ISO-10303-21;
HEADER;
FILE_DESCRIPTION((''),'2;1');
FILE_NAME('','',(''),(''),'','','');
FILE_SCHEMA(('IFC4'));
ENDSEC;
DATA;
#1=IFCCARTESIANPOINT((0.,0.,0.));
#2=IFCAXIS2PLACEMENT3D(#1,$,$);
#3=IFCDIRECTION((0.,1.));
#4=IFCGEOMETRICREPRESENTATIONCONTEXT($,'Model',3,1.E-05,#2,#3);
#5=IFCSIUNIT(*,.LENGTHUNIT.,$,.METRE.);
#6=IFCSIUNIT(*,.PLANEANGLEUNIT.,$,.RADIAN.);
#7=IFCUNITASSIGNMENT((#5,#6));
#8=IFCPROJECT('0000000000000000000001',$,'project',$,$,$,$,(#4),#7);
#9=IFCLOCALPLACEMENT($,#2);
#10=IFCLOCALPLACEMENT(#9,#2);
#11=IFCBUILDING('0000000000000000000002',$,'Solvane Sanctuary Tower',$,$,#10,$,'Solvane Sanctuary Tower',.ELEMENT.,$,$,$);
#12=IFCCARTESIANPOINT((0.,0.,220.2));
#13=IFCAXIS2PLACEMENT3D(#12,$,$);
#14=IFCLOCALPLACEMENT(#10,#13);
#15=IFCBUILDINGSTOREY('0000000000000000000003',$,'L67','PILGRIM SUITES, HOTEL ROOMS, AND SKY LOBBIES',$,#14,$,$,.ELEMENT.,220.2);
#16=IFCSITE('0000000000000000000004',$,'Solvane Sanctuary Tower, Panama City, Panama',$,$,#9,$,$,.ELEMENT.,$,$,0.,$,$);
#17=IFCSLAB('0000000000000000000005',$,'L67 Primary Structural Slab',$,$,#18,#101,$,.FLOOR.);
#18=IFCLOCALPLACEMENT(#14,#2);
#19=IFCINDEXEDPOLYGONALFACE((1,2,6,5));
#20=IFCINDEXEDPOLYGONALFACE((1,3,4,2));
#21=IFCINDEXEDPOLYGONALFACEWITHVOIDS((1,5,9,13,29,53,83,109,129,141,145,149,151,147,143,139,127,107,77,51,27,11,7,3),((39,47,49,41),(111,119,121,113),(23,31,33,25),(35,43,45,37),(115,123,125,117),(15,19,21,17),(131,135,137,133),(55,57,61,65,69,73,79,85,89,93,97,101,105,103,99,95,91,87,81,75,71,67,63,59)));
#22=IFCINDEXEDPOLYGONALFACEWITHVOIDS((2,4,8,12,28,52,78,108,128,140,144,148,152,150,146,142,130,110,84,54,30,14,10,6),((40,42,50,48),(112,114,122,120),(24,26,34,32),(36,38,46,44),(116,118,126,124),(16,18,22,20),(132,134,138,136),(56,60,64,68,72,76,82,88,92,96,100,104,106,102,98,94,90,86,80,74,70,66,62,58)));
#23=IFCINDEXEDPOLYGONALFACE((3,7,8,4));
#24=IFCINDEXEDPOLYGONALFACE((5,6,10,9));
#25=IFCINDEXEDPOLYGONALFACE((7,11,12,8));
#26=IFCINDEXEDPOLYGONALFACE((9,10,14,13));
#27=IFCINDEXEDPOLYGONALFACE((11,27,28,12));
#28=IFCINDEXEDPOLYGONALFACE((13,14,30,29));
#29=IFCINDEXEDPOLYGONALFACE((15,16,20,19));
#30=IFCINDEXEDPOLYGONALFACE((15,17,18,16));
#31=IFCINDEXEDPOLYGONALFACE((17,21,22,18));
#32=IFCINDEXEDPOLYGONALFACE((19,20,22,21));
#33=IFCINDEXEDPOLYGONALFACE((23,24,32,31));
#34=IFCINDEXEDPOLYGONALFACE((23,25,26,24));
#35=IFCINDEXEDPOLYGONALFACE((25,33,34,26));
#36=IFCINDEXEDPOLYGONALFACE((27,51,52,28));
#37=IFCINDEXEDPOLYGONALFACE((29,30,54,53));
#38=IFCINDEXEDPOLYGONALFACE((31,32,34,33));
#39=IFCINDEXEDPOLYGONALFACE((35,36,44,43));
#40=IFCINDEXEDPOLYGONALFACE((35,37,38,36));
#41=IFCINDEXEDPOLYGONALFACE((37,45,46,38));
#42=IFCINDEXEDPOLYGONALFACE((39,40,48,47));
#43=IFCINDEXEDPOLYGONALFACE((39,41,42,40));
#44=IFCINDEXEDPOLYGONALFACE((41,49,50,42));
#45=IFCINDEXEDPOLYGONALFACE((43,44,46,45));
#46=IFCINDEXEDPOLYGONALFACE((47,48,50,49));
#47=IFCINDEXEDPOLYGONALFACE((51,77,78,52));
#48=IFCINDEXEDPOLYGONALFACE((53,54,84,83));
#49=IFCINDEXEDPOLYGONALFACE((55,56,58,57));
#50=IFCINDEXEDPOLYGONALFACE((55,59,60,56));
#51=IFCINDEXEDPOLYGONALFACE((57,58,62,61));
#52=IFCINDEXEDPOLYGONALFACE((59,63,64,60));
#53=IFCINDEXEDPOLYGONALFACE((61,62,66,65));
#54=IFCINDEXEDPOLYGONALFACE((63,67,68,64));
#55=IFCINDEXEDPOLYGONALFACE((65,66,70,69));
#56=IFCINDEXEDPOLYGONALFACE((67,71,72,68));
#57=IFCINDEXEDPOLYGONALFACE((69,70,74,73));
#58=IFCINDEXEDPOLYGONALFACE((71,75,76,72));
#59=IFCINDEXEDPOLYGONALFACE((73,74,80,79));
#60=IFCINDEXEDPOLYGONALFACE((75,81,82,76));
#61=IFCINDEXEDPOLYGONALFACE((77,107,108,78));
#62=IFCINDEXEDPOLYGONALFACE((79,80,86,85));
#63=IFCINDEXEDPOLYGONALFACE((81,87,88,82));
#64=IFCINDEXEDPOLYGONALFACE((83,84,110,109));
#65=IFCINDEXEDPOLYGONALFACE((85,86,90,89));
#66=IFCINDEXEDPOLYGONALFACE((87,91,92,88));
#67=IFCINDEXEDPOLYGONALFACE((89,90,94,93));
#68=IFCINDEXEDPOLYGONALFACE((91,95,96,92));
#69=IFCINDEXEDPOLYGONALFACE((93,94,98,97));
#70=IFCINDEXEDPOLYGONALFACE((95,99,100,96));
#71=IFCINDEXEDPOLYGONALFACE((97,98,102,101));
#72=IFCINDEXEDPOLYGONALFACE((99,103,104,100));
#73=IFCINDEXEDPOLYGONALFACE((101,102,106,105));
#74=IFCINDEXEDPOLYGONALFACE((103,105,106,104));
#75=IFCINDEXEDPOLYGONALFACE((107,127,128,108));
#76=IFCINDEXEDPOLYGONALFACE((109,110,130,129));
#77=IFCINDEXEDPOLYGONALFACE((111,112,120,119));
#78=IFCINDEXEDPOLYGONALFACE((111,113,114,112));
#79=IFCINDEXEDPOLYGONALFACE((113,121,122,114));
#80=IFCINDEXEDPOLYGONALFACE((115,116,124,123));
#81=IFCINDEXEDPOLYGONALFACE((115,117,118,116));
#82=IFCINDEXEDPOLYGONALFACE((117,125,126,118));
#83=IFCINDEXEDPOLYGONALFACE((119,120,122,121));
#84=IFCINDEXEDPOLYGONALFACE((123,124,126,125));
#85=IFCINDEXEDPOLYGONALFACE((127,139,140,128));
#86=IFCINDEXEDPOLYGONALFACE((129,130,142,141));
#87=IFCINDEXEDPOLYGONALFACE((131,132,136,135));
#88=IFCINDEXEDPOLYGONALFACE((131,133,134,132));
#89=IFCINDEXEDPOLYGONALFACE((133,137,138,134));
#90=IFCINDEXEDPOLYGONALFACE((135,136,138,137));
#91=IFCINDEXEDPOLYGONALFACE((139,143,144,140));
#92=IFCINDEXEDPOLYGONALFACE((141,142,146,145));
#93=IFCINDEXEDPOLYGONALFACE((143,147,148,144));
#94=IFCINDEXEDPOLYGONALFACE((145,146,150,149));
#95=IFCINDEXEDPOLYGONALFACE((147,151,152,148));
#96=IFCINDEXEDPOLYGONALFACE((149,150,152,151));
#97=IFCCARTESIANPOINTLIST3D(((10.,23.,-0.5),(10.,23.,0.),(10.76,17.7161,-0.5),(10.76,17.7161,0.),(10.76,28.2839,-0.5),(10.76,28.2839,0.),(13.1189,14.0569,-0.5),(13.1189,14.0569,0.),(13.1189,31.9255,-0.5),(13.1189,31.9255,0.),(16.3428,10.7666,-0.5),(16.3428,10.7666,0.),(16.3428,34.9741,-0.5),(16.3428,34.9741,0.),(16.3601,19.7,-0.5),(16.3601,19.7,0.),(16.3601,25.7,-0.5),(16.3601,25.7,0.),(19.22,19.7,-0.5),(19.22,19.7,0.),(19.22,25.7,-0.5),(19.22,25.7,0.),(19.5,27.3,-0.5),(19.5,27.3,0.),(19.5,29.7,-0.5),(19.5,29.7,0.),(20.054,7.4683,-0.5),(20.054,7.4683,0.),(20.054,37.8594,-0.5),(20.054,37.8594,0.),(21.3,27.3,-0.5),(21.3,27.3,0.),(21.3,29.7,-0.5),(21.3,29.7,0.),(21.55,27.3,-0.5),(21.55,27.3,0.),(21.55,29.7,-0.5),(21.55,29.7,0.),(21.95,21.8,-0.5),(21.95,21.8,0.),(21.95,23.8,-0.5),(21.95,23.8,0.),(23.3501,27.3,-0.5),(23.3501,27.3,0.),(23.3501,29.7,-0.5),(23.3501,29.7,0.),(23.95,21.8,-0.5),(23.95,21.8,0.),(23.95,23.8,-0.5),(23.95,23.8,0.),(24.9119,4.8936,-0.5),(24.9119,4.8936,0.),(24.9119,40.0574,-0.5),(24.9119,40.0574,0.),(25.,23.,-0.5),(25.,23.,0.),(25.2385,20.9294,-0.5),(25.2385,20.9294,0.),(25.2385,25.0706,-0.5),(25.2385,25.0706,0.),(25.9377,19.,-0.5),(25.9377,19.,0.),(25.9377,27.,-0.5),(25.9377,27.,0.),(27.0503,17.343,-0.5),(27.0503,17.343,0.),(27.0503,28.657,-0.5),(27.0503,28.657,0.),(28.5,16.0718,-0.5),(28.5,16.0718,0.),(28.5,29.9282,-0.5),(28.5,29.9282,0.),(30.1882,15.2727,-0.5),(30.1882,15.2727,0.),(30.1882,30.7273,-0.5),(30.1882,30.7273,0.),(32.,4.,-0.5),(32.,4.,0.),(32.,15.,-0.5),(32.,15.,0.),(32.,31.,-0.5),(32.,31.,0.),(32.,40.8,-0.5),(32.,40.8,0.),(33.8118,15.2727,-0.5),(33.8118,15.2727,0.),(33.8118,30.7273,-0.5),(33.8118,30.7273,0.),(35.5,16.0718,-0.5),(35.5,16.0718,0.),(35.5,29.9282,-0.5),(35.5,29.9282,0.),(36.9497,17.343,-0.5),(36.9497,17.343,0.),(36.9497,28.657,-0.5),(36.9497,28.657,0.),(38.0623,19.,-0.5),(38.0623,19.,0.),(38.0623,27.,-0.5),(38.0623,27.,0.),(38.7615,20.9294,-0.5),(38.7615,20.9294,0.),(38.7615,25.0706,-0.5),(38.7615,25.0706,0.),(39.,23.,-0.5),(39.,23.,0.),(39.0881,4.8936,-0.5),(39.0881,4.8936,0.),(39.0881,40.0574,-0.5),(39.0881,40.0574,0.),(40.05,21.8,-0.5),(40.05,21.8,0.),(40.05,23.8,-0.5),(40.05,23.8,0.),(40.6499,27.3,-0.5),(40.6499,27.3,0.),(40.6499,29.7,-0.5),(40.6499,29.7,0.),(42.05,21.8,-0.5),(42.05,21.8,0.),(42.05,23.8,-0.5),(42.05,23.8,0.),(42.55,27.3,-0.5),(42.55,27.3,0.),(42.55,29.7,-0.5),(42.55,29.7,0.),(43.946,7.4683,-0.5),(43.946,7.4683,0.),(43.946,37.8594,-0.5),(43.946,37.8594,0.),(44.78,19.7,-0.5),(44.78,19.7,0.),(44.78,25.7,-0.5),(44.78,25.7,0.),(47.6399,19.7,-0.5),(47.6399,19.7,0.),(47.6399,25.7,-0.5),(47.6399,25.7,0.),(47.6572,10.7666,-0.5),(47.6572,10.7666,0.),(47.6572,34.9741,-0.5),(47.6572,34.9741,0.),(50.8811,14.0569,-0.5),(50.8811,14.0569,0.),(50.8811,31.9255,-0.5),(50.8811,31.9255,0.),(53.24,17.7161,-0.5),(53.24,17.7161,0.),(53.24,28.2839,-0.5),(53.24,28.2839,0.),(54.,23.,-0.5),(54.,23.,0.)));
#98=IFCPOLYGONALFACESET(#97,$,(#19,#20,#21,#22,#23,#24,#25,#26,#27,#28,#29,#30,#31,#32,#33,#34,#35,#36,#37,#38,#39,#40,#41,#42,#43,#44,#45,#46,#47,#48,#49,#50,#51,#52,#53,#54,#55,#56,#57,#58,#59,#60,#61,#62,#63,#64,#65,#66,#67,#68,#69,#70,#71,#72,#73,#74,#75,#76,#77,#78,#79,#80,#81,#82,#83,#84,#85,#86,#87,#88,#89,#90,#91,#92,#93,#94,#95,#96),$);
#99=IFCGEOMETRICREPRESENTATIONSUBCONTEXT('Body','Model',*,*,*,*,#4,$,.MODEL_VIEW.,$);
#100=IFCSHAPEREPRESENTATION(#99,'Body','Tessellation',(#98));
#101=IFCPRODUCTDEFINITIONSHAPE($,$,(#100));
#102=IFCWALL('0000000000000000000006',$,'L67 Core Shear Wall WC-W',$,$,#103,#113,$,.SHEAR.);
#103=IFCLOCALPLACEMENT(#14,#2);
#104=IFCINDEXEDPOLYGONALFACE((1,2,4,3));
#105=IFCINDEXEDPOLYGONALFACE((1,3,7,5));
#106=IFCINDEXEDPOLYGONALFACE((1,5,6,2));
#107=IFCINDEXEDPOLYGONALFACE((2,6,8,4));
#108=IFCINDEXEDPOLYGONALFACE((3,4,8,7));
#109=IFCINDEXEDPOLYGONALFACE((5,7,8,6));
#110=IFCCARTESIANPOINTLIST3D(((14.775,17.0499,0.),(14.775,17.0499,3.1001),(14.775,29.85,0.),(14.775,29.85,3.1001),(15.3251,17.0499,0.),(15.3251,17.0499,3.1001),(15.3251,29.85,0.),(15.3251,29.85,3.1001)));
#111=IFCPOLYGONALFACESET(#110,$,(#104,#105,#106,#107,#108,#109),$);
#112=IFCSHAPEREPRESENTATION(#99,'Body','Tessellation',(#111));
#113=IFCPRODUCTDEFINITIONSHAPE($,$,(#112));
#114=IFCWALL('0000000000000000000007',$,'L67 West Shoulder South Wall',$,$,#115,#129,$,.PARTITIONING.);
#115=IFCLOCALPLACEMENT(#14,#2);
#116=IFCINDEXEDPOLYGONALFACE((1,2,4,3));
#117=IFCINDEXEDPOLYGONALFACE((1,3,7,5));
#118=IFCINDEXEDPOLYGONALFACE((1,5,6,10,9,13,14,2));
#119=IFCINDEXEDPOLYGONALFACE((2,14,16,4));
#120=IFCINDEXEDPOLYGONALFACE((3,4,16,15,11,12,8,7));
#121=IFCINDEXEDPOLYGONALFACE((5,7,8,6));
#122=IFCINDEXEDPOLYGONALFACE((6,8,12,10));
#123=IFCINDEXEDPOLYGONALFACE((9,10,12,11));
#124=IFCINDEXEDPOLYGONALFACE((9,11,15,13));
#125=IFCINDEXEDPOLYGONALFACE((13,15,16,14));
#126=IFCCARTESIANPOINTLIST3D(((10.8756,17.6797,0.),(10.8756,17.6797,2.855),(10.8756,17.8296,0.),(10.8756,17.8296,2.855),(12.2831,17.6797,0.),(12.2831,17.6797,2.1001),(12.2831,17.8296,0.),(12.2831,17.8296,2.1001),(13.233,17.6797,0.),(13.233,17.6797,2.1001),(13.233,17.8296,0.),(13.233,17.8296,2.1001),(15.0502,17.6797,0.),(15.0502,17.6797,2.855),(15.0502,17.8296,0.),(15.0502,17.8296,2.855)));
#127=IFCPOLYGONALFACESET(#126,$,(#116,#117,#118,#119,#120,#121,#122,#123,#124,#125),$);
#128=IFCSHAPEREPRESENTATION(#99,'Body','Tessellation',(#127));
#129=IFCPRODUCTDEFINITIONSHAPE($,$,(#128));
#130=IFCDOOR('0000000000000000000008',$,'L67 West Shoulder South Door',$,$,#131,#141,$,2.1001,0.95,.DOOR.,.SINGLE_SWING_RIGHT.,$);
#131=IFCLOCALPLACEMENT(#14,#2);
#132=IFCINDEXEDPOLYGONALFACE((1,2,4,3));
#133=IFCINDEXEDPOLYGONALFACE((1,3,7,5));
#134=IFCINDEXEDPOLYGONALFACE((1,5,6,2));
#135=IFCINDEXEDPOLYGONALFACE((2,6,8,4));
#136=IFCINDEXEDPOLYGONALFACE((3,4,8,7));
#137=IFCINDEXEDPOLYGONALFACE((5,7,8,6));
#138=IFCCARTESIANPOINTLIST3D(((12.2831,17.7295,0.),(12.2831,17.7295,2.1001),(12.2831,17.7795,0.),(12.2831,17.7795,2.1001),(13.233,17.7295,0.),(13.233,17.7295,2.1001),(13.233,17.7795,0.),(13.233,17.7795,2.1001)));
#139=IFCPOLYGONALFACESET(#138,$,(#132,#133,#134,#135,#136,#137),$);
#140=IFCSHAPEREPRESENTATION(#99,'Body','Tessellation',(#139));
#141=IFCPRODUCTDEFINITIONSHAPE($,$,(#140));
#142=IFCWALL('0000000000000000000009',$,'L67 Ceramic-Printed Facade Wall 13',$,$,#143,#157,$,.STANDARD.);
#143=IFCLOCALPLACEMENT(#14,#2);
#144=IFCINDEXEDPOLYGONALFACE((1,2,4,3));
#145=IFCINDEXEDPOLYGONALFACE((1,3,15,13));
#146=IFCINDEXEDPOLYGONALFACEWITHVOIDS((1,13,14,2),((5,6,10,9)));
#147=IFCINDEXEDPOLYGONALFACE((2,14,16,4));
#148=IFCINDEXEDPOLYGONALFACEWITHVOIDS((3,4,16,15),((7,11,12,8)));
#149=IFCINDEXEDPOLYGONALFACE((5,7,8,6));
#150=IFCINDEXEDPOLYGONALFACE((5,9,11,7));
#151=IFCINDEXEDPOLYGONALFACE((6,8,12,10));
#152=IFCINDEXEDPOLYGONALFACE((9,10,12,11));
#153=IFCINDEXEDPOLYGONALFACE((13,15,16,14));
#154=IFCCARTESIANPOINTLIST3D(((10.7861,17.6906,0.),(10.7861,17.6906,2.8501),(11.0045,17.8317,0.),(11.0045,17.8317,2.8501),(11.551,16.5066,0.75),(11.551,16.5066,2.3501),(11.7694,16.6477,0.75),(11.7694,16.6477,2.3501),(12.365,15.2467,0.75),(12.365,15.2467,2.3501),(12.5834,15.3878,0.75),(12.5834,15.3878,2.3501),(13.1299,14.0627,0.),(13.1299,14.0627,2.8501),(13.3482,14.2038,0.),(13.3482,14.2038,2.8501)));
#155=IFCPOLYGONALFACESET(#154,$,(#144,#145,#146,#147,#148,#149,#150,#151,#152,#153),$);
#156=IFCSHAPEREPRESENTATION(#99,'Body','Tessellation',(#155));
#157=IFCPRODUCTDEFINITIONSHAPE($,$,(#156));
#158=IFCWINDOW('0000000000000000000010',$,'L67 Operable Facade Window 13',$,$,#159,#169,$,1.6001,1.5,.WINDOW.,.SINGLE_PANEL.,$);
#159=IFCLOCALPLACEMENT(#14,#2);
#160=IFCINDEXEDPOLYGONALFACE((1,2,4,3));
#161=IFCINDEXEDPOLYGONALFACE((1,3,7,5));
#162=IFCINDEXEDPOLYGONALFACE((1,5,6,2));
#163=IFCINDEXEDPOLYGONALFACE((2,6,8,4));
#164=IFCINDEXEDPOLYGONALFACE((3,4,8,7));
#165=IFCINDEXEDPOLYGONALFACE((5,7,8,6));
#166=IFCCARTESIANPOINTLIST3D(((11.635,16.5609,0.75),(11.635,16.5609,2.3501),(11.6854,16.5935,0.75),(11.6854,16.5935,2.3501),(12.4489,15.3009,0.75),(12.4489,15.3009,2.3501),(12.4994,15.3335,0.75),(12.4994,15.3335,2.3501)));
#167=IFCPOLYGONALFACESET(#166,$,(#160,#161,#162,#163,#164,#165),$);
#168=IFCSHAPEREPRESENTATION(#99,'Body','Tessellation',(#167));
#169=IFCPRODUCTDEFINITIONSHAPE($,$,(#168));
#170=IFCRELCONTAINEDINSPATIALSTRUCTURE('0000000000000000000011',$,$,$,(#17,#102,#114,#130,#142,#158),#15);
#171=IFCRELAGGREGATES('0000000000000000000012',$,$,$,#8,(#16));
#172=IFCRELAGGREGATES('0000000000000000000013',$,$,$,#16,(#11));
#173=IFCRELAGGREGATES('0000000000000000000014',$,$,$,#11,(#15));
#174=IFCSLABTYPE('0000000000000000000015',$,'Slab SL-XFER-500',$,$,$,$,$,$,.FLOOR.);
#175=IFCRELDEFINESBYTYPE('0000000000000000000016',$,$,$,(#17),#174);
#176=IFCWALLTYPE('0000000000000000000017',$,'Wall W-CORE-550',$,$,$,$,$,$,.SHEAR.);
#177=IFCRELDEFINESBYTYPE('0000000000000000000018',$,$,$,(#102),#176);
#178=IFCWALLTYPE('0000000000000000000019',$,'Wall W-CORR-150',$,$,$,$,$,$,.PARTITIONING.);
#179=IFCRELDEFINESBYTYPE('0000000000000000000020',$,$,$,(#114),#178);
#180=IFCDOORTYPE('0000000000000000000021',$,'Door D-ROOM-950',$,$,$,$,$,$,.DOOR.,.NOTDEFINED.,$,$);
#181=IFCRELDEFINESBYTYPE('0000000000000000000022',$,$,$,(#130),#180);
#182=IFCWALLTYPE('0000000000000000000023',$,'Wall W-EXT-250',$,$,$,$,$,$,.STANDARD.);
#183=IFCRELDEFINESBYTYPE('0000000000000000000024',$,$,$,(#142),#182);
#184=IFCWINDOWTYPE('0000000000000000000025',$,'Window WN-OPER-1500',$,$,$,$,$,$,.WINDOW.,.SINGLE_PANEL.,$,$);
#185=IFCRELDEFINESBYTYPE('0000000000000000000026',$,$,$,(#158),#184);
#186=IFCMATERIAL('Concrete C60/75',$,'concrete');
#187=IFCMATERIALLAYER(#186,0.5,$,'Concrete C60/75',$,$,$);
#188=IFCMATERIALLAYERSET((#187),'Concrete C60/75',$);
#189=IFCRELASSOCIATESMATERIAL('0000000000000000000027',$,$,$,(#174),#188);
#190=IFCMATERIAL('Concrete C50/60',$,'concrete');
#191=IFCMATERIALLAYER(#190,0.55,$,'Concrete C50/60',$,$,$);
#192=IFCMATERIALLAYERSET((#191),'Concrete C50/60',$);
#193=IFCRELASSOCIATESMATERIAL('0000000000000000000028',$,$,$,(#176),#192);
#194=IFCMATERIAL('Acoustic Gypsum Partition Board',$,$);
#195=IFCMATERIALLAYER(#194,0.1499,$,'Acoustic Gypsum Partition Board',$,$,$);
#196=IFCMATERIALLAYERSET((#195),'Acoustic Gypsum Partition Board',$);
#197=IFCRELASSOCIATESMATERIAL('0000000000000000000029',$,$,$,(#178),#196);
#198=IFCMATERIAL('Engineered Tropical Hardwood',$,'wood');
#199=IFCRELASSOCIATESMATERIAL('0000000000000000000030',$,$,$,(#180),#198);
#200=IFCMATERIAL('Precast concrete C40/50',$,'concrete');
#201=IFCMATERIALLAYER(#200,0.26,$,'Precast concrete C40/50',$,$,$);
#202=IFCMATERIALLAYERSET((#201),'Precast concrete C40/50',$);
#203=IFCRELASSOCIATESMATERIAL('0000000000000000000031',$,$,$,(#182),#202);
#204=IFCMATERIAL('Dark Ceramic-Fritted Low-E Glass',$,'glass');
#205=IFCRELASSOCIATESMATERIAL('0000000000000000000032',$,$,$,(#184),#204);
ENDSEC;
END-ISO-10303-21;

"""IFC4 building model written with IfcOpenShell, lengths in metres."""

from ifc_helpers import new_model, si_unit, direction, frame, frame_2d, origin, place, context, subcontext, project, spatial, polyline, rectangle, outline, extrude, material, layer, layer_set, type_object, element, fill, save


model = new_model("IFC4")

# Units and contexts
model_context = context("Model", 3, precision=1e-05, world=origin(), true_north=direction((0.0, 1.0)))
body_context = subcontext(model_context, "Body", "Model", "MODEL_VIEW")
ifc_project = project(units=[si_unit("LENGTHUNIT", "METRE"), si_unit("PLANEANGLEUNIT", "RADIAN")], contexts=[model_context])

# Site, building, storey
site_placement = place(None, origin())
site = spatial("IfcSite", under=ifc_project, at=site_placement, Name="Solvane Sanctuary Tower, Panama City, Panama", CompositionType="ELEMENT", RefElevation=0.0)
building_placement = place(site_placement, origin())
building = spatial("IfcBuilding", under=site, at=building_placement, Name="Solvane Sanctuary Tower", LongName="Solvane Sanctuary Tower", CompositionType="ELEMENT")
storey_placement = place(building_placement, frame((0.0, 0.0, 220.2)))
storey = spatial("IfcBuildingStorey", under=building, at=storey_placement, Name="L67", Description="PILGRIM SUITES, HOTEL ROOMS, AND SKY LOBBIES", CompositionType="ELEMENT", Elevation=220.2)

# Slab
ifc_material_1 = material(Name="Precast concrete C40/50", Category="concrete")
ifc_material_2 = material(Name="Concrete C60/75", Category="concrete")
ifc_layer_1 = layer(ifc_material_2, 0.5, Name="Concrete C60/75")
ifc_layer_set_1 = layer_set([ifc_layer_1], Name="Concrete C60/75")
slab_type_1 = type_object("IfcSlabType", Name="Slab SL-XFER-500", PredefinedType="FLOOR", material=ifc_layer_set_1)
slab_1_placement = place(storey_placement, frame((0.0, 0.0, -0.5)))
element("IfcSlab", 1, at=slab_1_placement, inside=storey, type_object=slab_type_1, Name="L67 Primary Structural Slab", PredefinedType="FLOOR", context=body_context, shape_type="SweptSolid", body=[
    extrude(outline(polyline([(54.0, 23.0), (53.24, 28.2839), (50.8811, 31.9255), (47.6572, 34.9741), (43.946, 37.8594), (39.0881, 40.0574), (32.0, 40.8), (24.9119, 40.0574), (20.054, 37.8594), (16.3428, 34.9741), (13.1189, 31.9255), (10.76, 28.2839), (10.0, 23.0), (10.76, 17.7161), (13.1189, 14.0569), (16.3428, 10.7666), (20.054, 7.4683), (24.9119, 4.8936), (32.0, 4.0), (39.0881, 4.8936), (43.946, 7.4683), (47.6572, 10.7666), (50.8811, 14.0569), (53.24, 17.7161), (54.0, 23.0)]), holes=[polyline([(38.7615, 20.9294), (38.0623, 19.0), (36.9497, 17.343), (35.5, 16.0718), (33.8118, 15.2727), (32.0, 15.0), (30.1882, 15.2727), (28.5, 16.0718), (27.0503, 17.343), (25.9377, 19.0), (25.2385, 20.9294), (25.0, 23.0), (25.2385, 25.0706), (25.9377, 27.0), (27.0503, 28.657), (28.5, 29.9282), (30.1882, 30.7273), (32.0, 31.0), (33.8118, 30.7273), (35.5, 29.9282), (36.9497, 28.657), (38.0623, 27.0), (38.7615, 25.0706), (39.0, 23.0), (38.7615, 20.9294)]), polyline([(16.3601, 19.7), (16.3601, 25.7), (19.22, 25.7), (19.22, 19.7), (16.3601, 19.7)]), polyline([(44.78, 19.7), (44.78, 25.7), (47.6399, 25.7), (47.6399, 19.7), (44.78, 19.7)]), polyline([(21.95, 23.8), (23.95, 23.8), (23.95, 21.8), (21.95, 21.8), (21.95, 23.8)]), polyline([(40.05, 23.8), (42.05, 23.8), (42.05, 21.8), (40.05, 21.8), (40.05, 23.8)]), polyline([(19.5, 29.7), (21.3, 29.7), (21.3, 27.3), (19.5, 27.3), (19.5, 29.7)]), polyline([(21.55, 29.7), (23.3501, 29.7), (23.3501, 27.3), (21.55, 27.3), (21.55, 29.7)]), polyline([(40.6499, 29.7), (42.55, 29.7), (42.55, 27.3), (40.6499, 27.3), (40.6499, 29.7)])]), origin(), (0.0, 0.0, 1.0), 0.5),
])

# Wall
ifc_material_3 = material(Name="Concrete C50/60", Category="concrete")
ifc_layer_2 = layer(ifc_material_3, 0.55, Name="Concrete C50/60")
ifc_layer_set_2 = layer_set([ifc_layer_2], Name="Concrete C50/60")
wall_type_1 = type_object("IfcWallType", Name="Wall W-CORE-550", PredefinedType="SHEAR", material=ifc_layer_set_2)
wall_1_placement = place(storey_placement, frame((15.05, 17.05, 0.0), z_axis=(0.0, 0.0, 1.0), x_axis=(0.0, 1.0, 0.0)))
element("IfcWall", 2, at=wall_1_placement, inside=storey, type_object=wall_type_1, Name="L67 Core Shear Wall WC-W", PredefinedType="SHEAR", context=body_context, shape_type="SweptSolid", body=[
    extrude(rectangle(XDim=12.8, YDim=0.55, at=frame_2d((6.3999, 0.0))), origin(), (0.0, 0.0, 1.0), 3.1001),
])

# Wall, opening, door
ifc_material_4 = material(Name="Acoustic Gypsum Partition Board")
ifc_layer_3 = layer(ifc_material_4, 0.1499, Name="Acoustic Gypsum Partition Board")
ifc_layer_set_3 = layer_set([ifc_layer_3], Name="Acoustic Gypsum Partition Board")
wall_type_2 = type_object("IfcWallType", Name="Wall W-CORR-150", PredefinedType="PARTITIONING", material=ifc_layer_set_3)
wall_2_placement = place(storey_placement, frame((10.8755, 17.7546, 0.0), z_axis=(0.0, 0.0, 1.0), x_axis=(1.0, 0.0, 0.0)))
wall_2 = element("IfcWall", 3, at=wall_2_placement, inside=storey, type_object=wall_type_2, Name="L67 West Shoulder South Wall", PredefinedType="PARTITIONING", context=body_context, shape_type="SweptSolid", body=[
    extrude(rectangle(XDim=4.1746, YDim=0.1499, at=frame_2d((2.0874, 0.0))), origin(), (0.0, 0.0, 1.0), 2.855),
])
opening_1_placement = place(wall_2_placement, frame((1.4075, 0.0, 0.0)))
opening_1 = element("IfcOpeningElement", 4, at=opening_1_placement, cuts=wall_2, PredefinedType="OPENING", context=body_context, shape_type="SweptSolid", body=[
    extrude(rectangle(XDim=0.95, YDim=2.1001, at=frame_2d((0.4751, 1.05))), frame((0.0, 0.085, 0.0), z_axis=(0.0, -1.0, 0.0), x_axis=(1.0, 0.0, 0.0)), (0.0, 0.0, 1.0), 0.1699),
])
ifc_material_5 = material(Name="Engineered Tropical Hardwood", Category="wood")
door_type_1 = type_object("IfcDoorType", Name="Door D-ROOM-950", OperationType="NOTDEFINED", PredefinedType="DOOR", material=ifc_material_5)
door_1_placement = place(opening_1_placement, origin())
door_1 = element("IfcDoor", 5, at=door_1_placement, inside=storey, type_object=door_type_1, Name="L67 West Shoulder South Door", OperationType="SINGLE_SWING_RIGHT", OverallHeight=2.1001, OverallWidth=0.95, PredefinedType="DOOR", context=body_context, shape_type="SweptSolid", body=[
    extrude(rectangle(XDim=0.95, YDim=2.1001, at=frame_2d((0.4751, 1.05))), frame((0.0, 0.0249, 0.0), z_axis=(0.0, -1.0, 0.0), x_axis=(1.0, 0.0, 0.0)), (0.0, 0.0, 1.0), 0.05),
])
fill(opening_1, door_1)

# Wall, opening, window
ifc_layer_4 = layer(ifc_material_1, 0.26, Name="Precast concrete C40/50")
ifc_layer_set_4 = layer_set([ifc_layer_4], Name="Precast concrete C40/50")
wall_type_3 = type_object("IfcWallType", Name="Wall W-EXT-250", PredefinedType="STANDARD", material=ifc_layer_set_4)
wall_3_placement = place(storey_placement, frame((10.8953, 17.7612, 0.0), z_axis=(0.0, 0.0, 1.0), x_axis=(0.542642, -0.839964, 0.0)))
wall_3 = element("IfcWall", 6, at=wall_3_placement, inside=storey, type_object=wall_type_3, Name="L67 Ceramic-Printed Facade Wall 13", PredefinedType="STANDARD", context=body_context, shape_type="SweptSolid", body=[
    extrude(rectangle(XDim=4.3191, YDim=0.26, at=frame_2d((2.1597, 0.0))), origin(), (0.0, 0.0, 1.0), 2.8501),
])
opening_2_placement = place(wall_3_placement, frame((1.4097, 0.0, 0.75)))
opening_2 = element("IfcOpeningElement", 7, at=opening_2_placement, cuts=wall_3, PredefinedType="OPENING", context=body_context, shape_type="SweptSolid", body=[
    extrude(rectangle(XDim=1.5, YDim=1.6001, at=frame_2d((0.75, 0.8))), frame((0.0, 0.1399, 0.0), z_axis=(0.0, -1.0, 0.0), x_axis=(1.0, 0.0, 0.0)), (0.0, 0.0, 1.0), 0.28),
])
ifc_material_6 = material(Name="Dark Ceramic-Fritted Low-E Glass", Category="glass")
window_type_1 = type_object("IfcWindowType", Name="Window WN-OPER-1500", PartitioningType="SINGLE_PANEL", PredefinedType="WINDOW", material=ifc_material_6)
window_1_placement = place(opening_2_placement, origin())
window_1 = element("IfcWindow", 8, at=window_1_placement, inside=storey, type_object=window_type_1, Name="L67 Operable Facade Window 13", OverallHeight=1.6001, OverallWidth=1.5, PartitioningType="SINGLE_PANEL", PredefinedType="WINDOW", context=body_context, shape_type="SweptSolid", body=[
    extrude(rectangle(XDim=1.5, YDim=1.6001, at=frame_2d((0.75, 0.8))), frame((0.0, 0.03, 0.0), z_axis=(0.0, -1.0, 0.0), x_axis=(1.0, 0.0, 0.0)), (0.0, 0.0, 1.0), 0.0601),
])
fill(opening_2, window_1)

save(model, "model.ifc")
